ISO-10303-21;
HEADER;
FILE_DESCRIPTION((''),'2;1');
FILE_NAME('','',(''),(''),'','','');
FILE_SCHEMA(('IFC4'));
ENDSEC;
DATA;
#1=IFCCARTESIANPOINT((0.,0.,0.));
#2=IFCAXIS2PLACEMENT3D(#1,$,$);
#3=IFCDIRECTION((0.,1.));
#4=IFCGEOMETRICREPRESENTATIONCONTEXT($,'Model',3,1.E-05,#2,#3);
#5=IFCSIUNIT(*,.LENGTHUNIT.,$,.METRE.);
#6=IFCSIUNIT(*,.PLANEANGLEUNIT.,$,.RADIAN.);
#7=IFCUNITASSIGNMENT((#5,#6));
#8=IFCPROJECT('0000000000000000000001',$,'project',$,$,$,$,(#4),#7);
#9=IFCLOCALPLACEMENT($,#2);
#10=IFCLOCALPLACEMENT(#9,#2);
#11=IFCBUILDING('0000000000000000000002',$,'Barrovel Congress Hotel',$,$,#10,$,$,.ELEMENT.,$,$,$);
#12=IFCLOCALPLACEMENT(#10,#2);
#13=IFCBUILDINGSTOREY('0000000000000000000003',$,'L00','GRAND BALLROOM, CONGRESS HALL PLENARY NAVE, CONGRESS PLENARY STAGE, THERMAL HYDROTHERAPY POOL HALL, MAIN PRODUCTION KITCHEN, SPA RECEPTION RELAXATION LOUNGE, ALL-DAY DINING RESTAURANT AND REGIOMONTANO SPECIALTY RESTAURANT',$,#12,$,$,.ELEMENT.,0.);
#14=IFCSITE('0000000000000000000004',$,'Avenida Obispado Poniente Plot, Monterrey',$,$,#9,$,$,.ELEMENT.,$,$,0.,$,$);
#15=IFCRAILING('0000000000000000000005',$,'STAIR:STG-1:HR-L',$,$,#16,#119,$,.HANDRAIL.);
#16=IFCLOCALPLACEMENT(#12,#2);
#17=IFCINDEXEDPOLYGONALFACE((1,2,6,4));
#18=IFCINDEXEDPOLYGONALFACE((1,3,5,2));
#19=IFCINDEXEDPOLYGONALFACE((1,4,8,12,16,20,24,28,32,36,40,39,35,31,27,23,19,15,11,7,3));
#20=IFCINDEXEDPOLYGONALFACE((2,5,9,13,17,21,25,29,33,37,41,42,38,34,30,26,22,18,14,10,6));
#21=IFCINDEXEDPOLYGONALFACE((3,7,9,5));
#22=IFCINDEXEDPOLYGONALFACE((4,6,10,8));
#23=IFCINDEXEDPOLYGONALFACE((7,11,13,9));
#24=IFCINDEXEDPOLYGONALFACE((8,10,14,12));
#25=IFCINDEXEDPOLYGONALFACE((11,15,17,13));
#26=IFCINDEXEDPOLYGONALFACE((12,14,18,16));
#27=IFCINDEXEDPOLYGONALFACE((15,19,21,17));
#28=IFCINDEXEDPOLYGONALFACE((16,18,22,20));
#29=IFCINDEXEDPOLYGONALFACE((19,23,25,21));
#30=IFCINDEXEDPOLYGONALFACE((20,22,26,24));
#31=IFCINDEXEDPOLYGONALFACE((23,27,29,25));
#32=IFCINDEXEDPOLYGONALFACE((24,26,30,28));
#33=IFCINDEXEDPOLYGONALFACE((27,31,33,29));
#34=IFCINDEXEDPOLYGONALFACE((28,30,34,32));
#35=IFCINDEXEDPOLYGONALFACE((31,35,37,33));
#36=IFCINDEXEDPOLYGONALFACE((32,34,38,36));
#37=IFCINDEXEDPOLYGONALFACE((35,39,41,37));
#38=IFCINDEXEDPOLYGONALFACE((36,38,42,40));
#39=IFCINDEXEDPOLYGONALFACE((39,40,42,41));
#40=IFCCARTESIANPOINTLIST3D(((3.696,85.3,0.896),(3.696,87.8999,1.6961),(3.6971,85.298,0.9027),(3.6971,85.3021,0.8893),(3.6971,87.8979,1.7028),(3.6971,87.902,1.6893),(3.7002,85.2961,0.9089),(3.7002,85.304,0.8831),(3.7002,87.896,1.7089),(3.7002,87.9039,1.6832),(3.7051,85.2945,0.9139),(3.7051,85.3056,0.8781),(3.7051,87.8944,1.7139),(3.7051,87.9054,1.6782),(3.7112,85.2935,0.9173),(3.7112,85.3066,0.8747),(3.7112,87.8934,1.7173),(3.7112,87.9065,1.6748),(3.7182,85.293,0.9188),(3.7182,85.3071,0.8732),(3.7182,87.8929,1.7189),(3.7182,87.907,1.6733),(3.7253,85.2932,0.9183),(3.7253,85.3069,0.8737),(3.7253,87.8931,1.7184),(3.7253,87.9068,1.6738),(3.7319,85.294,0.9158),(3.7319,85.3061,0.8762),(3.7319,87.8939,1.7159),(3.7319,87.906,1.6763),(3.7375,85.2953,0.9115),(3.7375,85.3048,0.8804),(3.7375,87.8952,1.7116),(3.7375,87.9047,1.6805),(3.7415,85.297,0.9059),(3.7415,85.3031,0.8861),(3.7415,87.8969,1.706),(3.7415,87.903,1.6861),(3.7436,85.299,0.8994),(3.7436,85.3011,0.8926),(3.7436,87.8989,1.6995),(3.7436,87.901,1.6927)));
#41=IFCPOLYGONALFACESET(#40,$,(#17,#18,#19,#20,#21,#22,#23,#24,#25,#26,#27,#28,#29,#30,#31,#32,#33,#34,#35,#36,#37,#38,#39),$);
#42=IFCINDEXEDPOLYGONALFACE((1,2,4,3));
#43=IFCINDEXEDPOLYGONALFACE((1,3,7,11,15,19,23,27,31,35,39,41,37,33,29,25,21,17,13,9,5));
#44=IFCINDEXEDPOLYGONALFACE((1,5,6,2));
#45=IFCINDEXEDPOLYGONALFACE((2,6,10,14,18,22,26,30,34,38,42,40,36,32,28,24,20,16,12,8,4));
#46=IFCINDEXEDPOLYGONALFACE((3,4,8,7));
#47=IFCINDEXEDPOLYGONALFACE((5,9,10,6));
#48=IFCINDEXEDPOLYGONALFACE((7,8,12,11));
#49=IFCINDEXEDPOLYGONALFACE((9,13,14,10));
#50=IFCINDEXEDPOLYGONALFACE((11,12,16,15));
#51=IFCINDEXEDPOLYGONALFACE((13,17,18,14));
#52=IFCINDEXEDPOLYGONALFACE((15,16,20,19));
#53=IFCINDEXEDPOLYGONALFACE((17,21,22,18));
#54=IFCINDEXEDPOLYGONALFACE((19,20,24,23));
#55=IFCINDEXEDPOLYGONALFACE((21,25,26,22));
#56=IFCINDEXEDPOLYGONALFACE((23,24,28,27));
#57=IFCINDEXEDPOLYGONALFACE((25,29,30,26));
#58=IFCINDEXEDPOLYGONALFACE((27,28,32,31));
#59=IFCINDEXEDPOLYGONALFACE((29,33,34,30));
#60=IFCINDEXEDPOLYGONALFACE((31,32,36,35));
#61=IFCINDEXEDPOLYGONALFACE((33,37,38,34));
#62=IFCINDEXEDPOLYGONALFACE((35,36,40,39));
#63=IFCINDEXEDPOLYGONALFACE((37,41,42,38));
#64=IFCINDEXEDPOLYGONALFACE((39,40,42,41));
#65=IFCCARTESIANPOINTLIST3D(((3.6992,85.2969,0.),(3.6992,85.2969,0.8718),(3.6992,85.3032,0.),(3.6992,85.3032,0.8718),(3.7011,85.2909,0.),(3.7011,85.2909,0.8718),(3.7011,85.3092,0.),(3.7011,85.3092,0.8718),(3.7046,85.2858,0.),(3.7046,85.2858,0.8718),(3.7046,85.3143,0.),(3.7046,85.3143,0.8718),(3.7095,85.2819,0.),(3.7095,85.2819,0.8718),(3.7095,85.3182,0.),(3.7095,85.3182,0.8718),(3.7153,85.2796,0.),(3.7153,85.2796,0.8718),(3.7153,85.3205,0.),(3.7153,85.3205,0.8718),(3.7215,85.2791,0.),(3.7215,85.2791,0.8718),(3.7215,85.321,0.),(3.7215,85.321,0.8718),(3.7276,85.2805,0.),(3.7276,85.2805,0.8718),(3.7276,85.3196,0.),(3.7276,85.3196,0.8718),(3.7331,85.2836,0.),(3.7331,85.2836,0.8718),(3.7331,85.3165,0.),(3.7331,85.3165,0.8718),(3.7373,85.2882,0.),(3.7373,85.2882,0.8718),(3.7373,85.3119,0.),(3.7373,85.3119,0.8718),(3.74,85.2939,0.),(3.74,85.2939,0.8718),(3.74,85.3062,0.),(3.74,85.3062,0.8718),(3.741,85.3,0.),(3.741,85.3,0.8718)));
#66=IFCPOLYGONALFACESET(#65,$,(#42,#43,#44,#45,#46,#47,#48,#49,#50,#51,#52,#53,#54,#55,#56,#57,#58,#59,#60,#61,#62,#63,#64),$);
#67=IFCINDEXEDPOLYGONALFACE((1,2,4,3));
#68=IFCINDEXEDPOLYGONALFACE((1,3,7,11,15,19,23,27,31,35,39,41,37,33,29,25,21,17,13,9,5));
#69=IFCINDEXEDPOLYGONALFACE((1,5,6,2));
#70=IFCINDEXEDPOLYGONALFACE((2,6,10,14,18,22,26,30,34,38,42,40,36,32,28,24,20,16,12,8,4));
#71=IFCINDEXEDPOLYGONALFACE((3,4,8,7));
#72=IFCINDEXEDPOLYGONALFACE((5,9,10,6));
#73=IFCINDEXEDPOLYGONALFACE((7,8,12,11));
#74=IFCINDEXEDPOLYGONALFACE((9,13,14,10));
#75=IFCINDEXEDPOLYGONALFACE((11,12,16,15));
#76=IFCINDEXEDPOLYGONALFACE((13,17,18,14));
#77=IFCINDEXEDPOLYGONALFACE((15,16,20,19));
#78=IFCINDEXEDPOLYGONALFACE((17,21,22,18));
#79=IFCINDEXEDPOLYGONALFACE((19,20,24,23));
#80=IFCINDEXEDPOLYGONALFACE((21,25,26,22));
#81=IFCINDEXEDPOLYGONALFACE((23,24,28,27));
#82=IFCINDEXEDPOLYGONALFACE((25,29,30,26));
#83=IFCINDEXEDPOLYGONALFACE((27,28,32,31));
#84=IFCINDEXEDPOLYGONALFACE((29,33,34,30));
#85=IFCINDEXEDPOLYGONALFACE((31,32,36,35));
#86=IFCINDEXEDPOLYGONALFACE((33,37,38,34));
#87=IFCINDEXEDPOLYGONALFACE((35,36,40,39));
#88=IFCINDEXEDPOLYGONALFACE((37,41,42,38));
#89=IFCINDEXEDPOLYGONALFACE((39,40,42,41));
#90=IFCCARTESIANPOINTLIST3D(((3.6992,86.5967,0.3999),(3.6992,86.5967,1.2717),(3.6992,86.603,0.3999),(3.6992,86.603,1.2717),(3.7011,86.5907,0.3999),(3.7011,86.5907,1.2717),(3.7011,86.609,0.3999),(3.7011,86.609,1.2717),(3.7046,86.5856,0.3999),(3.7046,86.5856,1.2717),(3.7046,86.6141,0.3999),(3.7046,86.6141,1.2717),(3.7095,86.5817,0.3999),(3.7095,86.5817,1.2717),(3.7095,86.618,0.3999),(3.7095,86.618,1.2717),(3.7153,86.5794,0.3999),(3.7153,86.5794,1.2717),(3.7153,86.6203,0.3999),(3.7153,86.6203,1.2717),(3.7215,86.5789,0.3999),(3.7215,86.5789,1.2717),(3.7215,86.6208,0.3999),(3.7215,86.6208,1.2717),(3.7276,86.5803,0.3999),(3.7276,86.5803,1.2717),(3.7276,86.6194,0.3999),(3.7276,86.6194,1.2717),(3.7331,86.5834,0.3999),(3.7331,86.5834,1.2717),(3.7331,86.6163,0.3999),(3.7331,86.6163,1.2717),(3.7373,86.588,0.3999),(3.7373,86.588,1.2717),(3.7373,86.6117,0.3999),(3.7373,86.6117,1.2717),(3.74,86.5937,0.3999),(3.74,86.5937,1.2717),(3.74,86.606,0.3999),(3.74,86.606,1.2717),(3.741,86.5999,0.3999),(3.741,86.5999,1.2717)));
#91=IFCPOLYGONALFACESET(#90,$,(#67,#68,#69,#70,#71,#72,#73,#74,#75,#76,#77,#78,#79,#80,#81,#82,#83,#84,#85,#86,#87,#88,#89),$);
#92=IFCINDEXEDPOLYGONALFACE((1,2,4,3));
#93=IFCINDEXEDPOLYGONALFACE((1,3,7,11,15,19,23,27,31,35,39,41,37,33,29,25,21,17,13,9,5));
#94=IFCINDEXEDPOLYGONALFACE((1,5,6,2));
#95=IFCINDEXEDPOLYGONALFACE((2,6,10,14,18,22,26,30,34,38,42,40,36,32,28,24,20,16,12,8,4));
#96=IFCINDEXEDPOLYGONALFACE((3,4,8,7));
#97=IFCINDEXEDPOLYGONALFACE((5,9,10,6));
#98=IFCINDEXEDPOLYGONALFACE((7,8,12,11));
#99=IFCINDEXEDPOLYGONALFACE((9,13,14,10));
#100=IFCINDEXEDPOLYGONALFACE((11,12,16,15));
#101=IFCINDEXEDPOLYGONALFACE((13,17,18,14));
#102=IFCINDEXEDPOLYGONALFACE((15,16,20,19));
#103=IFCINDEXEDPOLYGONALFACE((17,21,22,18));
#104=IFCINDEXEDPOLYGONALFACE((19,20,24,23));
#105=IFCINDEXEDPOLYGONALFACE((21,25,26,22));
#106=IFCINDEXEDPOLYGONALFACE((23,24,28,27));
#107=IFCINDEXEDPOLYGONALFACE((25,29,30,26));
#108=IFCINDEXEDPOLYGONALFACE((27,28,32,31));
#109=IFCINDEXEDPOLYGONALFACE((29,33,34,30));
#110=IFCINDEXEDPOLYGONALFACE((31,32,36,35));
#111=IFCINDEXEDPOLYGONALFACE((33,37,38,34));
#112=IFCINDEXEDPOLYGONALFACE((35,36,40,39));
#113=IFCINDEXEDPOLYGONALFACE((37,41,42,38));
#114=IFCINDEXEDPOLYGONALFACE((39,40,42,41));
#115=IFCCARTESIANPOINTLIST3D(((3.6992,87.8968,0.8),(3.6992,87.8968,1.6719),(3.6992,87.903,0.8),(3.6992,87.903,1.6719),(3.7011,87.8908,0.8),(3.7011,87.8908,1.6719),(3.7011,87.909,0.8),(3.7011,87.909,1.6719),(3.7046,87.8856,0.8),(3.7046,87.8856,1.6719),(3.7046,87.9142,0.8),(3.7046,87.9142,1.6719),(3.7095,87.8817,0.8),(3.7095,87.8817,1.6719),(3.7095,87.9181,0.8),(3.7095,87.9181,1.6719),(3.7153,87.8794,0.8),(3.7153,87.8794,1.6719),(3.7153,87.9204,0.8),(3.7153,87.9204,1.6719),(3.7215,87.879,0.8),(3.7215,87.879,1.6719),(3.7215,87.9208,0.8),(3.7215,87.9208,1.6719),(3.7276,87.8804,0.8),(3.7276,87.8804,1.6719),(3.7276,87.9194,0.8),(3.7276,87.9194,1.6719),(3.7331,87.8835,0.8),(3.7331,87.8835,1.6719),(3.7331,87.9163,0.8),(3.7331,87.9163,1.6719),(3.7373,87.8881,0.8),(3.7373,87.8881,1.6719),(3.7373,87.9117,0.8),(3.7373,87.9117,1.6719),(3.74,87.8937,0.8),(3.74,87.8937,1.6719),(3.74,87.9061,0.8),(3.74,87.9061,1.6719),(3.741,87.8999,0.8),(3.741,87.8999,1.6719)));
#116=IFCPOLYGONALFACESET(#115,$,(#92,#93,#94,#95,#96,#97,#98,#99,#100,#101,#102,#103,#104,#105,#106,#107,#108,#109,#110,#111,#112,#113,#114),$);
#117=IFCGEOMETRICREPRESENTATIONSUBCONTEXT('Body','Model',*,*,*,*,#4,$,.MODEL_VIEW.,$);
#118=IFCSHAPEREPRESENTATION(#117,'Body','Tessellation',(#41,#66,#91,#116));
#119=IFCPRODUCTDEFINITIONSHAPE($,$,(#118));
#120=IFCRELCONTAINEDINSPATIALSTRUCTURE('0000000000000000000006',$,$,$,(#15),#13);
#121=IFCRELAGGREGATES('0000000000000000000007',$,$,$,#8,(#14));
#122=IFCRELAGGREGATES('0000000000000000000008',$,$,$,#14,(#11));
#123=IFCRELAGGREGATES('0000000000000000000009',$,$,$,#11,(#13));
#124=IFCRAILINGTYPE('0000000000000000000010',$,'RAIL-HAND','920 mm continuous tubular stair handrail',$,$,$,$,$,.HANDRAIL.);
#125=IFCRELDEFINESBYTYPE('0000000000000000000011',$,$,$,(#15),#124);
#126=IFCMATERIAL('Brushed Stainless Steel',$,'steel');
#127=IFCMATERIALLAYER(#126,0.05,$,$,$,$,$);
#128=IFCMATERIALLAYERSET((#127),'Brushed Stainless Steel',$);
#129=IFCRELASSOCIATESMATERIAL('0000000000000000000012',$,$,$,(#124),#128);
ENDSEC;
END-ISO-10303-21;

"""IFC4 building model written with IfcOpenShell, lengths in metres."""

from ifc_helpers import new_model, si_unit, direction, frame, origin, origin_2d, place, context, subcontext, project, spatial, circle, extrude, material, layer, layer_set, type_object, element, save


model = new_model("IFC4")

# Units and contexts
model_context = context("Model", 3, precision=1e-05, world=origin(), true_north=direction((0.0, 1.0)))
body_context = subcontext(model_context, "Body", "Model", "MODEL_VIEW")
ifc_project = project(units=[si_unit("LENGTHUNIT", "METRE"), si_unit("PLANEANGLEUNIT", "RADIAN")], contexts=[model_context])

# Site, building, storey
site_placement = place(None, origin())
site = spatial("IfcSite", under=ifc_project, at=site_placement, Name="Avenida Obispado Poniente Plot, Monterrey", CompositionType="ELEMENT", RefElevation=0.0)
building_placement = place(site_placement, origin())
building = spatial("IfcBuilding", under=site, at=building_placement, Name="Barrovel Congress Hotel", CompositionType="ELEMENT")
storey_placement = place(building_placement, origin())
storey = spatial("IfcBuildingStorey", under=building, at=storey_placement, Name="L00", Description="GRAND BALLROOM, CONGRESS HALL PLENARY NAVE, CONGRESS PLENARY STAGE, THERMAL HYDROTHERAPY POOL HALL, MAIN PRODUCTION KITCHEN, SPA RECEPTION RELAXATION LOUNGE, ALL-DAY DINING RESTAURANT AND REGIOMONTANO SPECIALTY RESTAURANT", CompositionType="ELEMENT", Elevation=0.0)

# Railing
ifc_material_1 = material(Name="Brushed Stainless Steel", Category="steel")
ifc_layer_1 = layer(ifc_material_1, 0.05)
ifc_layer_set_1 = layer_set([ifc_layer_1], Name="Brushed Stainless Steel")
railing_type = type_object("IfcRailingType", Name="RAIL-HAND", Description="920 mm continuous tubular stair handrail", PredefinedType="HANDRAIL", material=ifc_layer_set_1)
for number, where, name in (
    (1, (3.72, 85.3, 0.0), "STAIR:STG-1:HR-L"),
):
    element("IfcRailing", number, at=place(storey_placement, frame(where)), inside=storey, type_object=railing_type, Name=name, PredefinedType="HANDRAIL", context=body_context, shape_type="SweptSolid", body=[
        extrude(circle(Radius=0.0239, at=origin_2d()), frame((0.0, 0.0, 0.896), z_axis=(0.0, 0.955769, 0.294117), x_axis=(-1.0, 0.0, 0.0)), (0.0, 0.0, 1.0), 2.7202),
        extrude(circle(Radius=0.021, at=origin_2d()), origin(), (0.0, 0.0, 1.0), 0.8718),
        extrude(circle(Radius=0.021, at=origin_2d()), frame((0.0, 1.2998, 0.3999)), (0.0, 0.0, 1.0), 0.8718),
        extrude(circle(Radius=0.021, at=origin_2d()), frame((0.0, 2.5999, 0.8)), (0.0, 0.0, 1.0), 0.8718),
    ])

save(model, "model.ifc")
